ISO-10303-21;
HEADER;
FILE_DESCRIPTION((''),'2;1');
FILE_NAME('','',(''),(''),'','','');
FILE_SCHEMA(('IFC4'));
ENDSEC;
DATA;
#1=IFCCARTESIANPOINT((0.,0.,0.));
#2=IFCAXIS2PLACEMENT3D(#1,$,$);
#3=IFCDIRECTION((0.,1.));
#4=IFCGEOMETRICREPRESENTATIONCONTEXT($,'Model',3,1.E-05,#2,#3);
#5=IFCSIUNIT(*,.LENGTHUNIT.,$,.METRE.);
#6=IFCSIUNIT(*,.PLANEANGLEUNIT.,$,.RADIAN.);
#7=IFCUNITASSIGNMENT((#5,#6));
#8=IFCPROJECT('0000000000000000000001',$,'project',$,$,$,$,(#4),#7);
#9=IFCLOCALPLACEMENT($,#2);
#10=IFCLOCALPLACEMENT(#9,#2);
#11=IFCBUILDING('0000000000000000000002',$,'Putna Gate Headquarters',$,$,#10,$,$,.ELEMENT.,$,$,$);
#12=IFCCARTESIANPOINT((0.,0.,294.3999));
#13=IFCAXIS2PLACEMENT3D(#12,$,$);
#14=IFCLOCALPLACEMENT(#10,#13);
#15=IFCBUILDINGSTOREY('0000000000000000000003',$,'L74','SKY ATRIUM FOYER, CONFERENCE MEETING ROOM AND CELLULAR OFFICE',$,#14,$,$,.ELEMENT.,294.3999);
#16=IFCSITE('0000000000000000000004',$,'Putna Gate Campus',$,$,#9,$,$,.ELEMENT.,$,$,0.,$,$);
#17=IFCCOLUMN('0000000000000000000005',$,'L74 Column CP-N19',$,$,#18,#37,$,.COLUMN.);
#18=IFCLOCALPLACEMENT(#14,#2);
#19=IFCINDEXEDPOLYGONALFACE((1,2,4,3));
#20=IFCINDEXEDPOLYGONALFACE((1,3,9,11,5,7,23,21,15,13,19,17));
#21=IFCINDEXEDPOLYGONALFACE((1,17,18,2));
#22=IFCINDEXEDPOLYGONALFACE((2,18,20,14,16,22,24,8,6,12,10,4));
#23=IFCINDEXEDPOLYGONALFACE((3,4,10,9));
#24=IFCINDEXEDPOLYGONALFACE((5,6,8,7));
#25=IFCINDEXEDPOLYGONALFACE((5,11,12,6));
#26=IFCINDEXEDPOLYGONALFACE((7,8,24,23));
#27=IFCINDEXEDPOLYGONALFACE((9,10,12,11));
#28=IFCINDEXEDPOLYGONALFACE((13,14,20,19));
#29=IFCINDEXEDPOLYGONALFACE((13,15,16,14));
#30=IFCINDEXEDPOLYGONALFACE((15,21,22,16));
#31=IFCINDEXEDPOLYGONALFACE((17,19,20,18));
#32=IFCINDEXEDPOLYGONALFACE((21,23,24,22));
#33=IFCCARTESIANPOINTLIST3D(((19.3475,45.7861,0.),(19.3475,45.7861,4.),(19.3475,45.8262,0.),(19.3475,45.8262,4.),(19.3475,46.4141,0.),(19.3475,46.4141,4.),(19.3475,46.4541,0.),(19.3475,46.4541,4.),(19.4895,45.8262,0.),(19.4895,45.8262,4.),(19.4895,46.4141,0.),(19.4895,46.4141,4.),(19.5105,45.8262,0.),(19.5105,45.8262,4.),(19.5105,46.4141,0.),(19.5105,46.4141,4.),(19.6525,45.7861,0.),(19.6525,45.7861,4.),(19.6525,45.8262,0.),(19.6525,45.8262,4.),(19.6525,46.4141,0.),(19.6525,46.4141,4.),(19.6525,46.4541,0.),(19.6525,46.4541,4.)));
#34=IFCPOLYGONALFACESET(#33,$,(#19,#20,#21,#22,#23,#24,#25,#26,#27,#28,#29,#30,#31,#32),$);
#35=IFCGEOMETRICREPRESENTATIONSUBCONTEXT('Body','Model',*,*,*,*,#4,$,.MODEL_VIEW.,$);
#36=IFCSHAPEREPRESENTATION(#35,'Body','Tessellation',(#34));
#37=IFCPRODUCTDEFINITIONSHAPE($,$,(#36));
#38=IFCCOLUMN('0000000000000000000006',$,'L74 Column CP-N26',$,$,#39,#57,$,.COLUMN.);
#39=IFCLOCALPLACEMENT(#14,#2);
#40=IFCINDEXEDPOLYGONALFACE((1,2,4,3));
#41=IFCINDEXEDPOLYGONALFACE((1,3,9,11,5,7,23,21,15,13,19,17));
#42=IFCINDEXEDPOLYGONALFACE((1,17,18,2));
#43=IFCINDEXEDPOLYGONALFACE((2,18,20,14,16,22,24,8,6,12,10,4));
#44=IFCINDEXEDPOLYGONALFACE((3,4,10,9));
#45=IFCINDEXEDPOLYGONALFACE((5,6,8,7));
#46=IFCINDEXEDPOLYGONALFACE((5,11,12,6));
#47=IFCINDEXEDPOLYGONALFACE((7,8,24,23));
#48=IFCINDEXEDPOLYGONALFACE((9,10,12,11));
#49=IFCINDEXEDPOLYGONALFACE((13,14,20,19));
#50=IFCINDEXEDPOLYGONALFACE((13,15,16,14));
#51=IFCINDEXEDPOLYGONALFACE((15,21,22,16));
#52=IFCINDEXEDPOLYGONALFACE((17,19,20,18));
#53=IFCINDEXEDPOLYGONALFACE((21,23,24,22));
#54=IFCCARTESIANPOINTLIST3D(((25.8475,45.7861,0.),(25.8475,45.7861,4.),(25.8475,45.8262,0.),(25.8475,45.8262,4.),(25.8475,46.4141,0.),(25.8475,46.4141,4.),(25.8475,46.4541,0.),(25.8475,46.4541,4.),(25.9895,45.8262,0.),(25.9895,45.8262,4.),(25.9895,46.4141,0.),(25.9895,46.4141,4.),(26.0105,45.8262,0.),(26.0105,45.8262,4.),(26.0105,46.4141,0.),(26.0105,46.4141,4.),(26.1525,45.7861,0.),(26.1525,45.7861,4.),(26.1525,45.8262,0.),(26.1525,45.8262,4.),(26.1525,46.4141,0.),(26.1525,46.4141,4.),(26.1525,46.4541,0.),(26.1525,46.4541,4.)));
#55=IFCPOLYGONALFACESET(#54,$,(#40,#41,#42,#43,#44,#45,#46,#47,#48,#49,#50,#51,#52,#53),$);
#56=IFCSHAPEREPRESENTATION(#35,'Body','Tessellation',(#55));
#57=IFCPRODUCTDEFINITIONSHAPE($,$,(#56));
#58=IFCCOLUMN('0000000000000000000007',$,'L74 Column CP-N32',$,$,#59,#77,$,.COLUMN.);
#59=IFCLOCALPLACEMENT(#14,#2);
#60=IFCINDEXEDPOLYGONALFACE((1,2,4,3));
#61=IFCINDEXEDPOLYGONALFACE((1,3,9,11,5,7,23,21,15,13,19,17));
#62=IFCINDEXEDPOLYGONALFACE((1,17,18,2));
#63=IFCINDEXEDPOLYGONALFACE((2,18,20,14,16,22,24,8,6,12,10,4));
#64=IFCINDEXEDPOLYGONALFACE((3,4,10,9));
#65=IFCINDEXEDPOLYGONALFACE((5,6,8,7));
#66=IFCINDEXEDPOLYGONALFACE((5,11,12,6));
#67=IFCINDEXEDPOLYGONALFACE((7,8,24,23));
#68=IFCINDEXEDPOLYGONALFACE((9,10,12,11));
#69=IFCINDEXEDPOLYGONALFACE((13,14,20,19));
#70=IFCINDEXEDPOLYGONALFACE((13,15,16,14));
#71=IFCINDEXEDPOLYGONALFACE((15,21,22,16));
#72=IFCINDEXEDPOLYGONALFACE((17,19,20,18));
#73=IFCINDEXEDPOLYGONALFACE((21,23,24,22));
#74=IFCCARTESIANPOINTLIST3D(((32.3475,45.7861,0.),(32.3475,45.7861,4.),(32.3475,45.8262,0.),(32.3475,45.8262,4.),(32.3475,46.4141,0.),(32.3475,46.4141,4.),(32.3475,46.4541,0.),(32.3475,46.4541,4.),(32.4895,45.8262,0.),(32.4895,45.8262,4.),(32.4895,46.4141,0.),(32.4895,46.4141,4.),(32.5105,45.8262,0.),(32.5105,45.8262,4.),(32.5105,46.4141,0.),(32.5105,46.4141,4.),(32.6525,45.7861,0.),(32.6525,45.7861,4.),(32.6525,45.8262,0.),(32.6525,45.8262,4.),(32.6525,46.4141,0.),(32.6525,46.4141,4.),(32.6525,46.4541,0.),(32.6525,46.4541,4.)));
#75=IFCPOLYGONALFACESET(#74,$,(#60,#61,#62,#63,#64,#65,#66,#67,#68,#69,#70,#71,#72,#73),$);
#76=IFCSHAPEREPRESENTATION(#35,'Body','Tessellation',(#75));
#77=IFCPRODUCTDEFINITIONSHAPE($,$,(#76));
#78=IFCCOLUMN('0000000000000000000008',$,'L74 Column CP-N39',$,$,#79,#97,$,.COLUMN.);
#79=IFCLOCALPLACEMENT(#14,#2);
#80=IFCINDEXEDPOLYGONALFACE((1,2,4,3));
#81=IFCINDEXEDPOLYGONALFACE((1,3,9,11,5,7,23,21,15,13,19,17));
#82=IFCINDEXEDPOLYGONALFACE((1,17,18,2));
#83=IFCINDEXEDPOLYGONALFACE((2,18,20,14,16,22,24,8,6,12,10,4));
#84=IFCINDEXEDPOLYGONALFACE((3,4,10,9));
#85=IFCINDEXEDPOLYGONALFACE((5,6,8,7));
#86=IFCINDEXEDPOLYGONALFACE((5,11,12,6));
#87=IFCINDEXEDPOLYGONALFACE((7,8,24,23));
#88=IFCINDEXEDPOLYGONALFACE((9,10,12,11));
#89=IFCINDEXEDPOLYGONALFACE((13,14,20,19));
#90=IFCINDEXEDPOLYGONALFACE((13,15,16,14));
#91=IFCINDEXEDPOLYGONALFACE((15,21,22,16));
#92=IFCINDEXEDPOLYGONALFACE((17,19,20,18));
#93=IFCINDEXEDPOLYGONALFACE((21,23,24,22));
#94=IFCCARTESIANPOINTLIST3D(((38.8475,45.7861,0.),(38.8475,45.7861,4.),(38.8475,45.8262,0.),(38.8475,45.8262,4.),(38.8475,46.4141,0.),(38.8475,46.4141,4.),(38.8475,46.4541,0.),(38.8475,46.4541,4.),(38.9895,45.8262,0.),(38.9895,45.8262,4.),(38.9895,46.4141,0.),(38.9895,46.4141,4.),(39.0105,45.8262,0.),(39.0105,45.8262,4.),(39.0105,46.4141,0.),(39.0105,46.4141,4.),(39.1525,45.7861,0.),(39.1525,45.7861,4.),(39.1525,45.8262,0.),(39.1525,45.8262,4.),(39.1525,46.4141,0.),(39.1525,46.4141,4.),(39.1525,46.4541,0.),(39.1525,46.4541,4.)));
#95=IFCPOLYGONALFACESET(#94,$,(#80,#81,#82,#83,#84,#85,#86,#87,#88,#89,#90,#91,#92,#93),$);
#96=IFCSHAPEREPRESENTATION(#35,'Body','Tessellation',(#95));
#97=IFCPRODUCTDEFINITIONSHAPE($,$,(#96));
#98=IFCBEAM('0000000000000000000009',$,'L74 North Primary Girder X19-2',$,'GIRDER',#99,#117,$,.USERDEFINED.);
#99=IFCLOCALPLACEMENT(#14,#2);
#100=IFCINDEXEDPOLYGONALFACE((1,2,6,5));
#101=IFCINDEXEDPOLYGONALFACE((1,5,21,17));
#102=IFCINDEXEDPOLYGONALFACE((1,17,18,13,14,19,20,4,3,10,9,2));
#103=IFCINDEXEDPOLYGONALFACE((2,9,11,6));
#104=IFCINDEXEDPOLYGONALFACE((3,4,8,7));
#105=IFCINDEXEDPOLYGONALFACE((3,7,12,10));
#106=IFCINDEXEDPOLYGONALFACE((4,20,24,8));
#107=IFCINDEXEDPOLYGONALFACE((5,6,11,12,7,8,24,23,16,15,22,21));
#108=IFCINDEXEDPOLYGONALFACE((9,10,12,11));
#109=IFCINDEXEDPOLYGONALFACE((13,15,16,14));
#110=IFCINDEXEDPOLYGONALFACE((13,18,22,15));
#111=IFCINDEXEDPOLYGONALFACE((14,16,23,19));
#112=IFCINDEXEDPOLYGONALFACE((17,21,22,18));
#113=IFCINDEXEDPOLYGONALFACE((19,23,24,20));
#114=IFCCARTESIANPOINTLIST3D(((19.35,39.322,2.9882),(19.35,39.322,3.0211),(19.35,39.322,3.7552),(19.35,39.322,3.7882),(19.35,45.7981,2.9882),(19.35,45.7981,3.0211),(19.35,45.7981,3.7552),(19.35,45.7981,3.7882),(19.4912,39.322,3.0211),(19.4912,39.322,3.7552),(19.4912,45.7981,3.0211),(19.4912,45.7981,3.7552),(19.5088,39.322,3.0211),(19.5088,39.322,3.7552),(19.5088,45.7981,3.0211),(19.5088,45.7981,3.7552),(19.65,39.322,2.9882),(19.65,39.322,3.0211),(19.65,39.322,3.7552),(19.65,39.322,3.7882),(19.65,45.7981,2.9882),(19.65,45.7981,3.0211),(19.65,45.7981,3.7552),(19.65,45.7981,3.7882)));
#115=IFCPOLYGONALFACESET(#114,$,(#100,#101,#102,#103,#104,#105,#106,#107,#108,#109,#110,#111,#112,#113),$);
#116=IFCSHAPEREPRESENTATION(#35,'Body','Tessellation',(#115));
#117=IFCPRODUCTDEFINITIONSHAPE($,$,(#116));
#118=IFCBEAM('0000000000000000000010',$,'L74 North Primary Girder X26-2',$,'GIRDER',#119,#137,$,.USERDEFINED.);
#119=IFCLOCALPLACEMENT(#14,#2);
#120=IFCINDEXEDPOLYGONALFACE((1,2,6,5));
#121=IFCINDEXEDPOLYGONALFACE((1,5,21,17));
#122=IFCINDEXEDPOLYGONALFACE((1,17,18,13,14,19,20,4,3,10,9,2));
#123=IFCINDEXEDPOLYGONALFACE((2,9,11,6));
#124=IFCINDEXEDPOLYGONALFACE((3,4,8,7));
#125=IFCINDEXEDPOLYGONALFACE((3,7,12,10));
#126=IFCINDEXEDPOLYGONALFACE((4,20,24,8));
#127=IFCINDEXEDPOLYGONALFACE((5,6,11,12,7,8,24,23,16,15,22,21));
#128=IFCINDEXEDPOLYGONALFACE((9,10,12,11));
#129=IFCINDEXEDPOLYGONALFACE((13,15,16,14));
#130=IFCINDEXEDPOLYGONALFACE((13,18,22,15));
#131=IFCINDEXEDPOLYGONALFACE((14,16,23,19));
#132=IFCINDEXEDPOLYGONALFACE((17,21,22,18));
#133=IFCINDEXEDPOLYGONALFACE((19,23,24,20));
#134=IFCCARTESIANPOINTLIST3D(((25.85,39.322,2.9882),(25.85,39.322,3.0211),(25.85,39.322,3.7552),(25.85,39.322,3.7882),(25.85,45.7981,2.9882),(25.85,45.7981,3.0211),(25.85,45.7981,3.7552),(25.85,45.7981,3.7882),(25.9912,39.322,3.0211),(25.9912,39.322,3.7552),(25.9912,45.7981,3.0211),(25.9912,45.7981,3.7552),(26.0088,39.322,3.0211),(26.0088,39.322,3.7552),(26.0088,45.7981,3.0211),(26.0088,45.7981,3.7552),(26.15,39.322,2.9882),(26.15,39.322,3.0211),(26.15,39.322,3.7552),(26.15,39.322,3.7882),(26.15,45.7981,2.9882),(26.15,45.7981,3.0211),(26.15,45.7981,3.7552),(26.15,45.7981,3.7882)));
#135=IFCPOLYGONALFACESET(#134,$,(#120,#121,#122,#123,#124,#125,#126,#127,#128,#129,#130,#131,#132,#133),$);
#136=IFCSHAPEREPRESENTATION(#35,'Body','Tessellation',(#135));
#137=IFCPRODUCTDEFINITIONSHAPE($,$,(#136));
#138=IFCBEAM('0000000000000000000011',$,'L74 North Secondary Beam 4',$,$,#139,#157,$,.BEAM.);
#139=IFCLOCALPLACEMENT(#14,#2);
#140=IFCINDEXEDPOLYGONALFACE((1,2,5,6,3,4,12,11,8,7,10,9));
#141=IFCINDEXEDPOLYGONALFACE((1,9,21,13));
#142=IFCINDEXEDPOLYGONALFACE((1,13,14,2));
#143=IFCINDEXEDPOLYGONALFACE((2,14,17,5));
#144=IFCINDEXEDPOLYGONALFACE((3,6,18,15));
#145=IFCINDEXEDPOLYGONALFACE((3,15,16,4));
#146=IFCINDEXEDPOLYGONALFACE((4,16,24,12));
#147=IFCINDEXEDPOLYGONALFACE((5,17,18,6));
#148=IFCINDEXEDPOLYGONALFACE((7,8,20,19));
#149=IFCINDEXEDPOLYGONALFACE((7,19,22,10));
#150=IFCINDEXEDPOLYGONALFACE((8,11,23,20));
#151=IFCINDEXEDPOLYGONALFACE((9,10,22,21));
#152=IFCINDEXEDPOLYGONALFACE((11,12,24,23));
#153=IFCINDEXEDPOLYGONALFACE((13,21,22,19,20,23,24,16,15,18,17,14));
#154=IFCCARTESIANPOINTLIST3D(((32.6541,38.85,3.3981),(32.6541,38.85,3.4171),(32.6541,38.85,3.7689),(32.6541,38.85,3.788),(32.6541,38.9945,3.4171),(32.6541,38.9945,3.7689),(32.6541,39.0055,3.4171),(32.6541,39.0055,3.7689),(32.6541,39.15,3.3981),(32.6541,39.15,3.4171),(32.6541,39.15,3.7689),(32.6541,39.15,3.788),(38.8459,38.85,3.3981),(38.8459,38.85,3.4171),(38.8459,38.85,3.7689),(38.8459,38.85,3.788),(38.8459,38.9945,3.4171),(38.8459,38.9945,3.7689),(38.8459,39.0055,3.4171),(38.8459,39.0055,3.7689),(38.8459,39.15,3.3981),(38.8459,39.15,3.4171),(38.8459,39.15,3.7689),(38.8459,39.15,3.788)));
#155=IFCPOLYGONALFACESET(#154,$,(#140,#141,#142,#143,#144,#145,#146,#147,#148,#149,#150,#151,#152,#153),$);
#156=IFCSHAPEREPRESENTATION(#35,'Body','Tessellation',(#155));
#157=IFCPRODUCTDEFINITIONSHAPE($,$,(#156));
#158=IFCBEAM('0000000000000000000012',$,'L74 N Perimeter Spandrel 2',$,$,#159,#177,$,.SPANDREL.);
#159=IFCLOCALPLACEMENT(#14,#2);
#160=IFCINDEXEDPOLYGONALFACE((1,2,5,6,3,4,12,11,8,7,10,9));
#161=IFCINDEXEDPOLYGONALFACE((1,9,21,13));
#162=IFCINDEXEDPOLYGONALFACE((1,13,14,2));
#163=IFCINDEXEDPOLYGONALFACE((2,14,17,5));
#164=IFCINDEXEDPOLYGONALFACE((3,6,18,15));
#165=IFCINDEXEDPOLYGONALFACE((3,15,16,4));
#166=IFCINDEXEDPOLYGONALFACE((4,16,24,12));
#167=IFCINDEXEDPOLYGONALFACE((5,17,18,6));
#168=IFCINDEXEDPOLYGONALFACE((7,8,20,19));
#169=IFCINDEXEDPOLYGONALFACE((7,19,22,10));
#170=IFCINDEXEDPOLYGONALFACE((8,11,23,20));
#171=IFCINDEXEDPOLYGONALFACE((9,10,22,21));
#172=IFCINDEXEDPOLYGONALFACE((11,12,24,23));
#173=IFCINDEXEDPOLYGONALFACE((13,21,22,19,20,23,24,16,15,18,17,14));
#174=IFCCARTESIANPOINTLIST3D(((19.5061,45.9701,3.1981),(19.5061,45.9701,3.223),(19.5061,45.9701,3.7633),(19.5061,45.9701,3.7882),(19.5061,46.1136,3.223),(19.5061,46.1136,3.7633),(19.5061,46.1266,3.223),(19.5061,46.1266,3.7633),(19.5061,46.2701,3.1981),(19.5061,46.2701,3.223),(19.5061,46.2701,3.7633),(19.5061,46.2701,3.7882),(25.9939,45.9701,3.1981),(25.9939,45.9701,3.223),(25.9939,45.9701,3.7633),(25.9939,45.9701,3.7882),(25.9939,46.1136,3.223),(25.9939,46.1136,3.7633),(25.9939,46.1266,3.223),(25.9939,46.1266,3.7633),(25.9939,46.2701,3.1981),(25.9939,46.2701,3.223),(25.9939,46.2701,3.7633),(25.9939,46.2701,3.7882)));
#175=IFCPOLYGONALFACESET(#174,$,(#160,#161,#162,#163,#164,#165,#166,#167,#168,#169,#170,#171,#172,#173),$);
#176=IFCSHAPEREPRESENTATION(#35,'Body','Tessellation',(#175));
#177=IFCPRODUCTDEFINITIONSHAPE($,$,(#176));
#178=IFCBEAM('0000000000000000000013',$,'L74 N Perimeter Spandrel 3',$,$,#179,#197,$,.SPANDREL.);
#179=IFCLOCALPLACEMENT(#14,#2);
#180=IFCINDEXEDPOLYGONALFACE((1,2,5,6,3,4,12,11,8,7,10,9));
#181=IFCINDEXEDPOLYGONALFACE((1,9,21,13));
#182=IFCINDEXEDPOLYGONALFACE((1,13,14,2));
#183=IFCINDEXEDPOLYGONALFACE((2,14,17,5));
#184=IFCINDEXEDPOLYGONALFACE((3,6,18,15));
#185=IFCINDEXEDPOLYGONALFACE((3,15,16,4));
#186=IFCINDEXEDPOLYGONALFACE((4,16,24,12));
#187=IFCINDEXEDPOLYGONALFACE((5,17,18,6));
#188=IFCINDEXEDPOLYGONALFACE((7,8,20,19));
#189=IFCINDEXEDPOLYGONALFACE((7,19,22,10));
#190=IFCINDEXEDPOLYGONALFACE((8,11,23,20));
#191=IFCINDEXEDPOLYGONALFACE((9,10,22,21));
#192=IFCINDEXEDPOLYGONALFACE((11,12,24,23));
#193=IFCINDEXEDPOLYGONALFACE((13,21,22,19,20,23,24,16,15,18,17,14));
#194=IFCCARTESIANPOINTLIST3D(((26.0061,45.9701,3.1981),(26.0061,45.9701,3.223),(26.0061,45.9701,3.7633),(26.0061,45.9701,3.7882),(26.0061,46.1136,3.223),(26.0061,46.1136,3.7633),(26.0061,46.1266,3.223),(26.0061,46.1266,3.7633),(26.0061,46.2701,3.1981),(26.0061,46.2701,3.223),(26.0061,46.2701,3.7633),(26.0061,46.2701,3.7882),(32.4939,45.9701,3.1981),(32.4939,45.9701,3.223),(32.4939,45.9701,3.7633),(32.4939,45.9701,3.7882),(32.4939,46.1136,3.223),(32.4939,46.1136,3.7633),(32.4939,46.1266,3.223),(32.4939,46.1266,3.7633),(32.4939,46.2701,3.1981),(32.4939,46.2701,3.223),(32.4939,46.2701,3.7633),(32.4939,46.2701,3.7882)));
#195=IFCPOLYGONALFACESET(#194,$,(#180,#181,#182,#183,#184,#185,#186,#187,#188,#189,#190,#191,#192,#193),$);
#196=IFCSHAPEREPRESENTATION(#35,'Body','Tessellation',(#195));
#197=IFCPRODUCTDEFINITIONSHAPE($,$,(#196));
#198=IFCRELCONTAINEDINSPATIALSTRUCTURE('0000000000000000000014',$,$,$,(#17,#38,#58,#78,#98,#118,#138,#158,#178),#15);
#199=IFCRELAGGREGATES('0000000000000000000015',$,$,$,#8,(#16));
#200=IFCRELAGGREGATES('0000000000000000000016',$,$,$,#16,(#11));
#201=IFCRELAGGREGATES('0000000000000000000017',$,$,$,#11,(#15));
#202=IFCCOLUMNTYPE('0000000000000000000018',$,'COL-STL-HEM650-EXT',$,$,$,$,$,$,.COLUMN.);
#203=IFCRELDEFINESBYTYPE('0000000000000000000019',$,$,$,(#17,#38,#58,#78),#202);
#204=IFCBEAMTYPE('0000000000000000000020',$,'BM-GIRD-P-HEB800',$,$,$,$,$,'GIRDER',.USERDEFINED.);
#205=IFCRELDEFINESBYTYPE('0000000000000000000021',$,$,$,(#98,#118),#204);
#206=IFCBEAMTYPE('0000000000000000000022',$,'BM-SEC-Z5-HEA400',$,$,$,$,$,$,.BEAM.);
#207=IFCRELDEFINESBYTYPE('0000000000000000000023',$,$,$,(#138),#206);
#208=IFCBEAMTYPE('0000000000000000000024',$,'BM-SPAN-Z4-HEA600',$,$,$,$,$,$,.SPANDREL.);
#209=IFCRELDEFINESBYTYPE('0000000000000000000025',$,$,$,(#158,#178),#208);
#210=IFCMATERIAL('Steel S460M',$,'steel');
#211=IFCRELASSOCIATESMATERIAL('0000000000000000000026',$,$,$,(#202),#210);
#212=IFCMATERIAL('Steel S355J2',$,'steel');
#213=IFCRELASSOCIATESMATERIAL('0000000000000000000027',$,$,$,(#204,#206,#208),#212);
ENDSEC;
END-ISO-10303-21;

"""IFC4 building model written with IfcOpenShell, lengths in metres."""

from ifc_helpers import new_model, si_unit, direction, frame, origin, origin_2d, place, context, subcontext, project, spatial, i_section, extrude, material, material_profile, profile_set, type_object, element, save


model = new_model("IFC4")

# Units and contexts
model_context = context("Model", 3, precision=1e-05, world=origin(), true_north=direction((0.0, 1.0)))
body_context = subcontext(model_context, "Body", "Model", "MODEL_VIEW")
ifc_project = project(units=[si_unit("LENGTHUNIT", "METRE"), si_unit("PLANEANGLEUNIT", "RADIAN")], contexts=[model_context])

# Site, building, storey
site_placement = place(None, origin())
site = spatial("IfcSite", under=ifc_project, at=site_placement, Name="Putna Gate Campus", CompositionType="ELEMENT", RefElevation=0.0)
building_placement = place(site_placement, origin())
building = spatial("IfcBuilding", under=site, at=building_placement, Name="Putna Gate Headquarters", CompositionType="ELEMENT")
storey_placement = place(building_placement, frame((0.0, 0.0, 294.3999)))
storey = spatial("IfcBuildingStorey", under=building, at=storey_placement, Name="L74", Description="SKY ATRIUM FOYER, CONFERENCE MEETING ROOM AND CELLULAR OFFICE", CompositionType="ELEMENT", Elevation=294.3999)

# Columns
ifc_material_1 = material(Name="Steel S460M", Category="steel")
ifc_material_profile_1 = material_profile(ifc_material_1, i_section(OverallWidth=0.3049, OverallDepth=0.668, WebThickness=0.021, FlangeThickness=0.04, at=origin_2d()), Name="Steel S460M")
ifc_profile_set_1 = profile_set([ifc_material_profile_1], Name="Steel S460M")
column_type = type_object("IfcColumnType", Name="COL-STL-HEM650-EXT", PredefinedType="COLUMN", material=ifc_profile_set_1)
for number, where, z_axis, x_axis, name in (
    (1, (19.5, 46.1201, 0.0), (0.0, 0.0, 1.0), (1.0, 0.0, 0.0), "L74 Column CP-N19"),
    (2, (26.0, 46.1201, 0.0), (0.0, 0.0, 1.0), (1.0, 0.0, 0.0), "L74 Column CP-N26"),
    (3, (32.5, 46.1201, 0.0), (0.0, 0.0, 1.0), (1.0, 0.0, 0.0), "L74 Column CP-N32"),
    (4, (39.0, 46.1201, 0.0), (0.0, 0.0, 1.0), (1.0, 0.0, 0.0), "L74 Column CP-N39"),
):
    element("IfcColumn", number, at=place(storey_placement, frame(where, z_axis=z_axis, x_axis=x_axis)), inside=storey, type_object=column_type, Name=name, PredefinedType="COLUMN", context=body_context, shape_type="SweptSolid", body=[
        extrude(i_section(OverallWidth=0.3049, OverallDepth=0.668, WebThickness=0.021, FlangeThickness=0.04, at=origin_2d()), origin(), (0.0, 0.0, 1.0), 4.0),
    ])

# Beams
ifc_material_2 = material(Name="Steel S355J2", Category="steel")
ifc_material_profile_2 = material_profile(ifc_material_2, i_section(OverallWidth=0.3, OverallDepth=0.8, WebThickness=0.0176, FlangeThickness=0.033, at=origin_2d()), Name="Steel S355J2")
ifc_profile_set_2 = profile_set([ifc_material_profile_2], Name="Steel S355J2")
beam_type_1 = type_object("IfcBeamType", Name="BM-GIRD-P-HEB800", ElementType="GIRDER", PredefinedType="USERDEFINED", material=ifc_profile_set_2)
for number, where, z_axis, x_axis, name in (
    (5, (19.5, 39.322, 3.3882), (0.0, 1.0, 0.0), (-1.0, 0.0, 0.0), "L74 North Primary Girder X19-2"),
    (6, (26.0, 39.322, 3.3882), (0.0, 1.0, 0.0), (-1.0, 0.0, 0.0), "L74 North Primary Girder X26-2"),
):
    element("IfcBeam", number, at=place(storey_placement, frame(where, z_axis=z_axis, x_axis=x_axis)), inside=storey, type_object=beam_type_1, Name=name, ObjectType="GIRDER", PredefinedType="USERDEFINED", context=body_context, shape_type="SweptSolid", body=[
        extrude(i_section(OverallWidth=0.3, OverallDepth=0.8, WebThickness=0.0176, FlangeThickness=0.033, at=origin_2d()), origin(), (0.0, 0.0, 1.0), 6.4761),
    ])
ifc_material_profile_3 = material_profile(ifc_material_2, i_section(OverallWidth=0.3, OverallDepth=0.3899, WebThickness=0.011, FlangeThickness=0.019, at=origin_2d()), Name="Steel S355J2")
ifc_profile_set_3 = profile_set([ifc_material_profile_3], Name="Steel S355J2")
beam_type_2 = type_object("IfcBeamType", Name="BM-SEC-Z5-HEA400", PredefinedType="BEAM", material=ifc_profile_set_3)
beam_placement = place(storey_placement, frame((32.6541, 39.0, 3.593), z_axis=(1.0, 0.0, 0.0), x_axis=(0.0, 1.0, 0.0)))
element("IfcBeam", 7, at=beam_placement, inside=storey, type_object=beam_type_2, Name="L74 North Secondary Beam 4", PredefinedType="BEAM", context=body_context, shape_type="SweptSolid", body=[
    extrude(i_section(OverallWidth=0.3, OverallDepth=0.3899, WebThickness=0.011, FlangeThickness=0.019, at=origin_2d()), origin(), (0.0, 0.0, 1.0), 6.1919),
])
ifc_material_profile_4 = material_profile(ifc_material_2, i_section(OverallWidth=0.3, OverallDepth=0.5901, WebThickness=0.0129, FlangeThickness=0.0249, at=origin_2d()), Name="Steel S355J2")
ifc_profile_set_4 = profile_set([ifc_material_profile_4], Name="Steel S355J2")
beam_type_3 = type_object("IfcBeamType", Name="BM-SPAN-Z4-HEA600", PredefinedType="SPANDREL", material=ifc_profile_set_4)
for number, where, z_axis, x_axis, name in (
    (8, (19.5061, 46.1201, 3.4932), (1.0, 0.0, 0.0), (0.0, 1.0, 0.0), "L74 N Perimeter Spandrel 2"),
    (9, (26.0061, 46.1201, 3.4932), (1.0, 0.0, 0.0), (0.0, 1.0, 0.0), "L74 N Perimeter Spandrel 3"),
):
    element("IfcBeam", number, at=place(storey_placement, frame(where, z_axis=z_axis, x_axis=x_axis)), inside=storey, type_object=beam_type_3, Name=name, PredefinedType="SPANDREL", context=body_context, shape_type="SweptSolid", body=[
        extrude(i_section(OverallWidth=0.3, OverallDepth=0.5901, WebThickness=0.0129, FlangeThickness=0.0249, at=origin_2d()), origin(), (0.0, 0.0, 1.0), 6.4878),
    ])

save(model, "model.ifc")
